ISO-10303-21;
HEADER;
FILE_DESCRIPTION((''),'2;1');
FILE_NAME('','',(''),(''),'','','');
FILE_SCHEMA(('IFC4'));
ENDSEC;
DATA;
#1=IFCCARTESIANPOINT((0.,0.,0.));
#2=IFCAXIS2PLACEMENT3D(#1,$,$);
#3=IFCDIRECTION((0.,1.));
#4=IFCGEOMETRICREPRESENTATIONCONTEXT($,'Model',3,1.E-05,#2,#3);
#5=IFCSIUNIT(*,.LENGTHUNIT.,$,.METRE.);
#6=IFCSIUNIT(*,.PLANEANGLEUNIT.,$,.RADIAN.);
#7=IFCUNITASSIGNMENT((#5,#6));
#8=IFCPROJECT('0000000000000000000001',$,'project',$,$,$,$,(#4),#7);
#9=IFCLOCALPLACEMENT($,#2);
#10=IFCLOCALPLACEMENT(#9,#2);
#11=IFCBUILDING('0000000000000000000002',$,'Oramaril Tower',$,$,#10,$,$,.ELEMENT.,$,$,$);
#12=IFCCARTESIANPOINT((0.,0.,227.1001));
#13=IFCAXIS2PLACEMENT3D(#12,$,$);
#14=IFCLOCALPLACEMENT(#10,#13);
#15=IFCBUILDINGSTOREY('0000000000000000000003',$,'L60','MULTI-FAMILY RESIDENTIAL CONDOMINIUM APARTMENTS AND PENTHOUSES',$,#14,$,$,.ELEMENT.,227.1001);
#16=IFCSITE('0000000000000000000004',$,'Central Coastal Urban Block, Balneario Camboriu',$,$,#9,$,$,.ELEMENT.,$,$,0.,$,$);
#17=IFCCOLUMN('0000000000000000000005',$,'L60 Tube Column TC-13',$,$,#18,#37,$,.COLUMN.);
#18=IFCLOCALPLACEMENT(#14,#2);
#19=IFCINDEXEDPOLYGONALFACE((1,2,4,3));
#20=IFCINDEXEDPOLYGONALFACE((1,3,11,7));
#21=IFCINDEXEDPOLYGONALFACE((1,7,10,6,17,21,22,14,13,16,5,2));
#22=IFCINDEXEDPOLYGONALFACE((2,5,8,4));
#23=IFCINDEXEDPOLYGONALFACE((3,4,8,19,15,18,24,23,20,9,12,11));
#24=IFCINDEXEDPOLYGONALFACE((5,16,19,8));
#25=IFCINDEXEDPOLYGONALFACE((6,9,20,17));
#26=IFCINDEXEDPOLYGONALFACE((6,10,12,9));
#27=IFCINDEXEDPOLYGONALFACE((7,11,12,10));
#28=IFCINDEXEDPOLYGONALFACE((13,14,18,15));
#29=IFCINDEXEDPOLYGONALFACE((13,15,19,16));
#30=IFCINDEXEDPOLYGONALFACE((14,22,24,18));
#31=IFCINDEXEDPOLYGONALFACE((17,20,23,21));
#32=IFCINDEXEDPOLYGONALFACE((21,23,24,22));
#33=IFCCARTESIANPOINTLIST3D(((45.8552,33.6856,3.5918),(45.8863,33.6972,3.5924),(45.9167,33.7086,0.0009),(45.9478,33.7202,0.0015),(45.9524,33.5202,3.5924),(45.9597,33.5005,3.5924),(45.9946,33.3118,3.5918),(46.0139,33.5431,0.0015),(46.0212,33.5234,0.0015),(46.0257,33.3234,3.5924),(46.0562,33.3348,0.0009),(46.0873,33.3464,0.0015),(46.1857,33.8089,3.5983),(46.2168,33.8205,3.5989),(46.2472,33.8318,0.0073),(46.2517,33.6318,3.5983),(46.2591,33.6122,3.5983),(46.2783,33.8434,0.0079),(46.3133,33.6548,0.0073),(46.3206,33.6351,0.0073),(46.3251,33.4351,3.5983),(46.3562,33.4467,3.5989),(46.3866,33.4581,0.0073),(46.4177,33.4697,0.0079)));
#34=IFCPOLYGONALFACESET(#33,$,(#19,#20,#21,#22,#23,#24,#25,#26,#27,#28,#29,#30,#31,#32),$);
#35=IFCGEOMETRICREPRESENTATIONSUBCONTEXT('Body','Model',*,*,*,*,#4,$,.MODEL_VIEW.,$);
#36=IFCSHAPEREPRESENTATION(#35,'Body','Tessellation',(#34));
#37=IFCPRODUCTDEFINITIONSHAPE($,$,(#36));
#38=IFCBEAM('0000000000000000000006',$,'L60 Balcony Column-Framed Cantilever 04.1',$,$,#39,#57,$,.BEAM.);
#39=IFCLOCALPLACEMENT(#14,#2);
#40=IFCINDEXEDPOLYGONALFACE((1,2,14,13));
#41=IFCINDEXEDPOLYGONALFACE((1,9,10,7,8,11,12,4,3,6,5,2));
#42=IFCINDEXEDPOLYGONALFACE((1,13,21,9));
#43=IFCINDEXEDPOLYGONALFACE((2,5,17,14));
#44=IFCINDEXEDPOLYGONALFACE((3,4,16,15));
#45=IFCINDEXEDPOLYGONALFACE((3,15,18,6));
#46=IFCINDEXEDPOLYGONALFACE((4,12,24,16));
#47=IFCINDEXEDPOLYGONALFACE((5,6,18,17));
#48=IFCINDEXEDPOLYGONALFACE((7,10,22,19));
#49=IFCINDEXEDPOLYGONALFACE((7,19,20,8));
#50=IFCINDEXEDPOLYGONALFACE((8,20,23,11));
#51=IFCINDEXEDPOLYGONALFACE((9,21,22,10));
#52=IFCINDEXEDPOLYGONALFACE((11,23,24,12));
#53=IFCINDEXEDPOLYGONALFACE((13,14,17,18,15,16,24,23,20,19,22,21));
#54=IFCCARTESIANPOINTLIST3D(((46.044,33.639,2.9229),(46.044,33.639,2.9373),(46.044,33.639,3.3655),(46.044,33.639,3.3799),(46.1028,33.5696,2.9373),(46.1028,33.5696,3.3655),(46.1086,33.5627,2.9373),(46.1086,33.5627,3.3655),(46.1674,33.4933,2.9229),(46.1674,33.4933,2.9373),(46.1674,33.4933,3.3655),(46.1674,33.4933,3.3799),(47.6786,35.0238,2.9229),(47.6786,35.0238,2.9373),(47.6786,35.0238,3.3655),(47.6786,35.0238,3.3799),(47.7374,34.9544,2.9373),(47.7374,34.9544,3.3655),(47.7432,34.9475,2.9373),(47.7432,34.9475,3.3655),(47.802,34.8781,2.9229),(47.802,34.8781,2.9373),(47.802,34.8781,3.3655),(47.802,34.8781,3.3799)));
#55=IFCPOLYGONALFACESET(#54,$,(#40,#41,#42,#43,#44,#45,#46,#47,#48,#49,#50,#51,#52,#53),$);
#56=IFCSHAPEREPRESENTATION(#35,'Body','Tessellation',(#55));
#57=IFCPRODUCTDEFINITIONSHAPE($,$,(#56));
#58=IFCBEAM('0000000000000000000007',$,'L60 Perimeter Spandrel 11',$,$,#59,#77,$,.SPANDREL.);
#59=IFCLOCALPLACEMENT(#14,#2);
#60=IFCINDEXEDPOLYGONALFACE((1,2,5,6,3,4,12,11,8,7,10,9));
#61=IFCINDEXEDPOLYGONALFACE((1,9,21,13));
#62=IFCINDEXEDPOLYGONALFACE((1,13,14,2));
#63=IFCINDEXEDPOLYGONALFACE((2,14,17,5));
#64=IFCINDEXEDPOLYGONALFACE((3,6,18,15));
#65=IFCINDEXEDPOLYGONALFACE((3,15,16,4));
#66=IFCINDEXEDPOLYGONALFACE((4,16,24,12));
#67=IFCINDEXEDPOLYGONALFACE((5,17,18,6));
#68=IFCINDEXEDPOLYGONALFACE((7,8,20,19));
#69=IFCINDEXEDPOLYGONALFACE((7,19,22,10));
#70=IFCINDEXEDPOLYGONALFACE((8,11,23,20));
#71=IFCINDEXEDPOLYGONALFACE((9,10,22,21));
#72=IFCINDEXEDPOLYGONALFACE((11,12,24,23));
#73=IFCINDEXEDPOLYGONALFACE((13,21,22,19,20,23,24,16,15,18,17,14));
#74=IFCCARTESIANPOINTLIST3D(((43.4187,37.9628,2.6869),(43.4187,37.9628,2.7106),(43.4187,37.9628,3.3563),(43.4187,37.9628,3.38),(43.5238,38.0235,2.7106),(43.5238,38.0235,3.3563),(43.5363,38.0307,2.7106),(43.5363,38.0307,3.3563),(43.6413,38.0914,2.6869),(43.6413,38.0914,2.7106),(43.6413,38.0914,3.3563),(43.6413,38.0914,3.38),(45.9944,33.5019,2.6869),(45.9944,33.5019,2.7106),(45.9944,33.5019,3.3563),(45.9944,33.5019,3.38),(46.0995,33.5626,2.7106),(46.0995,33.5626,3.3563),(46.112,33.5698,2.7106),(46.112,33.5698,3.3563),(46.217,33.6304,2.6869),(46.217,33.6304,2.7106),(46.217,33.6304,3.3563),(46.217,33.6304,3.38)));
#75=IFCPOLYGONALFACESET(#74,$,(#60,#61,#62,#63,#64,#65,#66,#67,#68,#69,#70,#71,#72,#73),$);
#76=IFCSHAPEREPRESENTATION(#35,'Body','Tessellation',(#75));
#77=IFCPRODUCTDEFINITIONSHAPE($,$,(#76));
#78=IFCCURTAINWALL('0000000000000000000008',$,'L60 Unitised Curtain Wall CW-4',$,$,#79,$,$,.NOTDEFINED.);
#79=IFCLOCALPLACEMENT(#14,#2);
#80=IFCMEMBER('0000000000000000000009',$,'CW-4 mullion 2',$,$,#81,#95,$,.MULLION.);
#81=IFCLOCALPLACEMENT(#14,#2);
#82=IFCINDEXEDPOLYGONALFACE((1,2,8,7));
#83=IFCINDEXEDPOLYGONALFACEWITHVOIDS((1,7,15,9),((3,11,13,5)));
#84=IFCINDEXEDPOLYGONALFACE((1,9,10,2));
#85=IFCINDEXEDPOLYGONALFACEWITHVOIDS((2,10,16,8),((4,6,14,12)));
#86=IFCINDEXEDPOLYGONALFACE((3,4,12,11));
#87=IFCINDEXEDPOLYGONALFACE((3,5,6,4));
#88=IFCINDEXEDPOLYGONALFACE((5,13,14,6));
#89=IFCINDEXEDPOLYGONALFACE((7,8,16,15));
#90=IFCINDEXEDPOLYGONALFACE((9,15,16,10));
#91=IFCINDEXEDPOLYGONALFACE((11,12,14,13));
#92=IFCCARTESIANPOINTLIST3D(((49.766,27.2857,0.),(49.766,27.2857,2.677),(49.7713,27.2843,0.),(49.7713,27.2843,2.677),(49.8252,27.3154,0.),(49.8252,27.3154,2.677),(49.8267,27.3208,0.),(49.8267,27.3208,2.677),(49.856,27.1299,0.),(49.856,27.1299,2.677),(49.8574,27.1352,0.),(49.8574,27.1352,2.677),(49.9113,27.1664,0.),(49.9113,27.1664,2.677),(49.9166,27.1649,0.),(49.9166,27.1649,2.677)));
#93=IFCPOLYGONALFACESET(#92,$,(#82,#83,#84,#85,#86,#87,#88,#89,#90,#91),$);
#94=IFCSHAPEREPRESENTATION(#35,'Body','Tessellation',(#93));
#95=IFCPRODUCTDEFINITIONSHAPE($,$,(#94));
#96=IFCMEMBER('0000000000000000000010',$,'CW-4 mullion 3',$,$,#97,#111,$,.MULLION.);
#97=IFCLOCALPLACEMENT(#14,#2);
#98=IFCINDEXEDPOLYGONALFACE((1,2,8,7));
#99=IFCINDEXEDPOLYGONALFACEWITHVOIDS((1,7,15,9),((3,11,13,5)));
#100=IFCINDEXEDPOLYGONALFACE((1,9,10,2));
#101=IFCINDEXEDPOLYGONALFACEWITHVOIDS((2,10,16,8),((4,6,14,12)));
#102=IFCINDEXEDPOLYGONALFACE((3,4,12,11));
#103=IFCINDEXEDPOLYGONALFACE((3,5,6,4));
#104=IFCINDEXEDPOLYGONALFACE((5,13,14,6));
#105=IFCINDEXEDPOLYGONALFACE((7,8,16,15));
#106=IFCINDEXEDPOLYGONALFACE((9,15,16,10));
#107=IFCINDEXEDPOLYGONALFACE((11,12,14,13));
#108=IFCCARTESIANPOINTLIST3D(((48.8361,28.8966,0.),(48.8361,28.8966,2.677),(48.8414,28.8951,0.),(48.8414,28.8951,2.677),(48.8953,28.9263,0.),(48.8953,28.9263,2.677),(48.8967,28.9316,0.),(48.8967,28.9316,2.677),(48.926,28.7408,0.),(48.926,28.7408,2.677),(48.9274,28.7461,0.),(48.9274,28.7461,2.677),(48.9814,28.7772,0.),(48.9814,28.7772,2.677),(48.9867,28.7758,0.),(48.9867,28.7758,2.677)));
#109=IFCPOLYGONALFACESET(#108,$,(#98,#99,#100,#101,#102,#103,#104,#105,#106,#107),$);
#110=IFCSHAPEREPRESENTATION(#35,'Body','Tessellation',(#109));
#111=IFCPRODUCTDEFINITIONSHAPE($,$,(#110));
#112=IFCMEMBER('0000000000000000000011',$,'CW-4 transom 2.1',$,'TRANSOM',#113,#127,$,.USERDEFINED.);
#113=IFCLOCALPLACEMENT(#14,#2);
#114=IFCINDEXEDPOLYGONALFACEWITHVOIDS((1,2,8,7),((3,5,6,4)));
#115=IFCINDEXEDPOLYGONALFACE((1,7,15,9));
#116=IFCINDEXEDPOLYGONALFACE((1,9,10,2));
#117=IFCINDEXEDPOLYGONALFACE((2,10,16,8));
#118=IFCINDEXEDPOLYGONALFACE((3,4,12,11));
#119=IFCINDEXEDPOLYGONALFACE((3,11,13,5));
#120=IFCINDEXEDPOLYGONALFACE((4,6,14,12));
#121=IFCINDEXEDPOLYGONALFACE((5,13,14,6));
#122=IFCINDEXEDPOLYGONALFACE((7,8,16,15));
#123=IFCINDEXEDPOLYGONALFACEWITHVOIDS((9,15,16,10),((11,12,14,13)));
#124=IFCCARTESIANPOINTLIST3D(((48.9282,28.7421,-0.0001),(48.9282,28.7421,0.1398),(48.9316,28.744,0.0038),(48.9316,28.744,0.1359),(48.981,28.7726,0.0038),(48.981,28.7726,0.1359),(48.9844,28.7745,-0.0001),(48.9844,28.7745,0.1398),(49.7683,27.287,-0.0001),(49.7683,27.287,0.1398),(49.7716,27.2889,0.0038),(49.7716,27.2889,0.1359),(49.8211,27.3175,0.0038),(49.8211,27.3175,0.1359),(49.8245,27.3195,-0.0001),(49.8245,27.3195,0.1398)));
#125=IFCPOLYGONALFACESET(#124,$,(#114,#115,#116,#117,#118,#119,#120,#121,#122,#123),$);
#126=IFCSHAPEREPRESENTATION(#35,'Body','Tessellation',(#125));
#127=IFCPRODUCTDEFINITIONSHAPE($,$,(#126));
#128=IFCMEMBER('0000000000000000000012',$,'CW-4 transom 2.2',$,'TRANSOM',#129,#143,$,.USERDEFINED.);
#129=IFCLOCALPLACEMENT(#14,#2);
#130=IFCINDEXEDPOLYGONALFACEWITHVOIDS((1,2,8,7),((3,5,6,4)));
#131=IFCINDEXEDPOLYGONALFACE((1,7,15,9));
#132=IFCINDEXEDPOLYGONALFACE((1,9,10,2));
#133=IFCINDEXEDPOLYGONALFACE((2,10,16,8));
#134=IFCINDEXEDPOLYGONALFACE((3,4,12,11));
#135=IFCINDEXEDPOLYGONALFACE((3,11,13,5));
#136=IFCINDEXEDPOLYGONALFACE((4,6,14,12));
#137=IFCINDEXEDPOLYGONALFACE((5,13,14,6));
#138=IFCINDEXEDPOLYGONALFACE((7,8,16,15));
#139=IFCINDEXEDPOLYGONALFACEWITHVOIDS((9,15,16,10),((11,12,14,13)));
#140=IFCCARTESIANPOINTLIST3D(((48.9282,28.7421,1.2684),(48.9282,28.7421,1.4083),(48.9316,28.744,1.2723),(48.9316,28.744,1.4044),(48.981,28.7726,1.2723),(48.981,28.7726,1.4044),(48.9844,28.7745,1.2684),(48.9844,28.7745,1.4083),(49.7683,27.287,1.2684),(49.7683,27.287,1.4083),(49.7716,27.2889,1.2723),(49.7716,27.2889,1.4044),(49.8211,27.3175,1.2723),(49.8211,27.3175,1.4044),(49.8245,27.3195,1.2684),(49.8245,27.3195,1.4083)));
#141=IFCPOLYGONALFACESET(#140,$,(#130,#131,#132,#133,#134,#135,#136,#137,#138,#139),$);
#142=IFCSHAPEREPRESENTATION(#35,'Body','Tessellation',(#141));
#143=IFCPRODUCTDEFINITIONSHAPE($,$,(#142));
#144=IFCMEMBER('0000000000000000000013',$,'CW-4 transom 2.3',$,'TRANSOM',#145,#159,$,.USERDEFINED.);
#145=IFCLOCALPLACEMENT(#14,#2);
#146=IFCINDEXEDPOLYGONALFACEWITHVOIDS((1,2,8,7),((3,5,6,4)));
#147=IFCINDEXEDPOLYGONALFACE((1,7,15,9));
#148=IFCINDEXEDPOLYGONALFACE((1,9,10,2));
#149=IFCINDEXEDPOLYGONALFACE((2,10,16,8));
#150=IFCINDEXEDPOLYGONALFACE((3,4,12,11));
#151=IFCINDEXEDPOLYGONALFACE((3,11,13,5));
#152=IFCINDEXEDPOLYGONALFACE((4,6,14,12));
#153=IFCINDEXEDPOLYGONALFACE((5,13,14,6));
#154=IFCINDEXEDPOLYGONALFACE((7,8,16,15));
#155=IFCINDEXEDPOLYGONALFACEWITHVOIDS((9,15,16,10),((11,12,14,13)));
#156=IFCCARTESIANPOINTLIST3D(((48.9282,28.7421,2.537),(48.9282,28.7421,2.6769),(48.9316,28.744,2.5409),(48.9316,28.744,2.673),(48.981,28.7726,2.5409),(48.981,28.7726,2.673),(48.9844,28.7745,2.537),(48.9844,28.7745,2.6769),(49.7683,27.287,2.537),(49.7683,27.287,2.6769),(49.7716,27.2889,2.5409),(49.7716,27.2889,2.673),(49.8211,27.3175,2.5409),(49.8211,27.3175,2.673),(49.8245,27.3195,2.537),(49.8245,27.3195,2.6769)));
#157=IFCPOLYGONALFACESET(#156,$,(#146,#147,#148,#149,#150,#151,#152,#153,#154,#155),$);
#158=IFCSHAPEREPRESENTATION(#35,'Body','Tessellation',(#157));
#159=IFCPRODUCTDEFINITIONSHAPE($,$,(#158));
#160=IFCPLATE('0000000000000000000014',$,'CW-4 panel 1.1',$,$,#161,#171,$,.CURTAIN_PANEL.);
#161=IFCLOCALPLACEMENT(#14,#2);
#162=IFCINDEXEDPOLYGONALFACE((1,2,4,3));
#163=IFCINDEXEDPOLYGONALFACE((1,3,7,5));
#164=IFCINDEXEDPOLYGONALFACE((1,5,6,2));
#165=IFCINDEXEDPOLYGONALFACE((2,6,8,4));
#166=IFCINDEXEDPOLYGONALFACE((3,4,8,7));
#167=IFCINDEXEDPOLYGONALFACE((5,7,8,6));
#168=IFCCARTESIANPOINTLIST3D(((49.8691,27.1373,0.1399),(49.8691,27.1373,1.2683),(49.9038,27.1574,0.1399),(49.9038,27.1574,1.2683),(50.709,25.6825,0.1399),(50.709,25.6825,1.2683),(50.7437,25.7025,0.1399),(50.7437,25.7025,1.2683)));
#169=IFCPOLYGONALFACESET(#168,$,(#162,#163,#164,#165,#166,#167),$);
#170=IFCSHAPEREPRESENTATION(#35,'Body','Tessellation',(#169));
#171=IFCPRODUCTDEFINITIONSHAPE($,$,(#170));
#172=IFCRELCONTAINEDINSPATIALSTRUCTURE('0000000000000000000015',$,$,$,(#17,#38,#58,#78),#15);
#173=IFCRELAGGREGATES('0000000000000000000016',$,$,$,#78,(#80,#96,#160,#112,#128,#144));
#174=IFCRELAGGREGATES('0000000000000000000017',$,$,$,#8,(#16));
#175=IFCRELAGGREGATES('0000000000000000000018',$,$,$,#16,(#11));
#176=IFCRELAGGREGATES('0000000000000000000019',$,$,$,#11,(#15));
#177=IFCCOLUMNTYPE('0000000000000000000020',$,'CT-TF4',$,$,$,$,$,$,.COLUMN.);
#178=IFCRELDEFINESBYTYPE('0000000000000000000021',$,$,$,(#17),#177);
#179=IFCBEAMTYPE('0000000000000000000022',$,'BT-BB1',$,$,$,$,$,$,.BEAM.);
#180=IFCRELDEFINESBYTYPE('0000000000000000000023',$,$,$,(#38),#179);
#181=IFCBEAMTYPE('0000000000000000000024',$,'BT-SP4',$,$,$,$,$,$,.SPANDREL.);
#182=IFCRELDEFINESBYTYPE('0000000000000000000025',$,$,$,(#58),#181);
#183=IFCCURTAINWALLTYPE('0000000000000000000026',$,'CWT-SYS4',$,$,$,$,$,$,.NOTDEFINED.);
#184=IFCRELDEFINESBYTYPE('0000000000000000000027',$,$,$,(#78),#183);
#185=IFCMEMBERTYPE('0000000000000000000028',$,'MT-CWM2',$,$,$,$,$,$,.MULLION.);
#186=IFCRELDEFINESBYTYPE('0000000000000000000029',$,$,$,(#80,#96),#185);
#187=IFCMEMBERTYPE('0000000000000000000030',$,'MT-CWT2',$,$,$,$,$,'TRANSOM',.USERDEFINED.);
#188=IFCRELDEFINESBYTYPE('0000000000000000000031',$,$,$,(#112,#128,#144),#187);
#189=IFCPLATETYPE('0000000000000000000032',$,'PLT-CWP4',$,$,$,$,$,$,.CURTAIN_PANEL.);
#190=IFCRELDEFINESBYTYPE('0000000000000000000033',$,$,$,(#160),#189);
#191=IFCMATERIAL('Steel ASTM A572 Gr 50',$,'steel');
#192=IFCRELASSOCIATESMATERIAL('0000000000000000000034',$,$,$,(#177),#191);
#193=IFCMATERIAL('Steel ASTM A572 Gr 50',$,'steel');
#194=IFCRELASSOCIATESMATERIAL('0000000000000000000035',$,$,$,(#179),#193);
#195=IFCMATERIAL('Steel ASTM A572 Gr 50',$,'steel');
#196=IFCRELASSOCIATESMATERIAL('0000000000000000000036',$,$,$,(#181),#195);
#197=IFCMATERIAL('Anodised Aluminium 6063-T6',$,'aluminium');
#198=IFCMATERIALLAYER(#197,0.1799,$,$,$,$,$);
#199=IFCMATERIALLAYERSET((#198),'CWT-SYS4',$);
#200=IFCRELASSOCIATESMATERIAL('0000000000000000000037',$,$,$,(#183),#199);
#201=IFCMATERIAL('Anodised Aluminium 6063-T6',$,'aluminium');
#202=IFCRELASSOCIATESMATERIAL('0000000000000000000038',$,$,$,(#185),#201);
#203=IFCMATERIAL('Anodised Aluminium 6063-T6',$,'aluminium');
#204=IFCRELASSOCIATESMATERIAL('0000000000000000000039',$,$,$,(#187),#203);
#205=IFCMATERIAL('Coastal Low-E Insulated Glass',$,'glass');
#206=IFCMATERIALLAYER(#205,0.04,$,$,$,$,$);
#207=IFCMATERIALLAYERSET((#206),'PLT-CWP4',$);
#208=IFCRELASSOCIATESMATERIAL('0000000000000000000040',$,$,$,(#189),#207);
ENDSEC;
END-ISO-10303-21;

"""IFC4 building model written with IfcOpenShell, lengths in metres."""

from ifc_helpers import new_model, si_unit, direction, frame, origin, origin_2d, place, context, subcontext, project, spatial, rectangle, hollow_rectangle, i_section, extrude, material, layer, layer_set, material_profile, profile_set, type_object, element, aggregate, save


model = new_model("IFC4")

# Units and contexts
model_context = context("Model", 3, precision=1e-05, world=origin(), true_north=direction((0.0, 1.0)))
body_context = subcontext(model_context, "Body", "Model", "MODEL_VIEW")
ifc_project = project(units=[si_unit("LENGTHUNIT", "METRE"), si_unit("PLANEANGLEUNIT", "RADIAN")], contexts=[model_context])

# Site, building, storey
site_placement = place(None, origin())
site = spatial("IfcSite", under=ifc_project, at=site_placement, Name="Central Coastal Urban Block, Balneario Camboriu", CompositionType="ELEMENT", RefElevation=0.0)
building_placement = place(site_placement, origin())
building = spatial("IfcBuilding", under=site, at=building_placement, Name="Oramaril Tower", CompositionType="ELEMENT")
storey_placement = place(building_placement, frame((0.0, 0.0, 227.1001)))
storey = spatial("IfcBuildingStorey", under=building, at=storey_placement, Name="L60", Description="MULTI-FAMILY RESIDENTIAL CONDOMINIUM APARTMENTS AND PENTHOUSES", CompositionType="ELEMENT", Elevation=227.1001)

# Column
ifc_material_1 = material(Name="Steel ASTM A572 Gr 50", Category="steel")
ifc_material_profile_1 = material_profile(ifc_material_1, i_section(OverallWidth=0.3989, OverallDepth=0.386, WebThickness=0.021, FlangeThickness=0.0332, at=origin_2d()), Name="W14X176")
ifc_profile_set_1 = profile_set([ifc_material_profile_1], Name="Steel ASTM A572 Gr 50")
column_type = type_object("IfcColumnType", Name="CT-TF4", PredefinedType="COLUMN", material=ifc_profile_set_1)
column_placement = place(storey_placement, frame((46.1672, 33.5891, 0.0044), z_axis=(-0.01713, -0.00639, 0.999833), x_axis=(0.349493, -0.936939, 0.0)))
element("IfcColumn", 1, at=column_placement, inside=storey, type_object=column_type, Name="L60 Tube Column TC-13", PredefinedType="COLUMN", context=body_context, shape_type="SweptSolid", body=[
    extrude(i_section(OverallWidth=0.3989, OverallDepth=0.386, WebThickness=0.021, FlangeThickness=0.0332, at=origin_2d()), origin(), (0.0, 0.0, 1.0), 3.5916),
])

# Beams
ifc_material_2 = material(Name="Steel ASTM A572 Gr 50", Category="steel")
ifc_material_profile_2 = material_profile(ifc_material_2, i_section(OverallWidth=0.1909, OverallDepth=0.457, WebThickness=0.009, FlangeThickness=0.0144, at=origin_2d()), Name="W18X50")
ifc_profile_set_2 = profile_set([ifc_material_profile_2], Name="Steel ASTM A572 Gr 50")
beam_type_1 = type_object("IfcBeamType", Name="BT-BB1", PredefinedType="BEAM", material=ifc_profile_set_2)
beam_1_placement = place(storey_placement, frame((46.1057, 33.5662, 3.1514), z_axis=(0.762993, 0.646407, 0.0), x_axis=(-0.646407, 0.762993, 0.0)))
element("IfcBeam", 2, at=beam_1_placement, inside=storey, type_object=beam_type_1, Name="L60 Balcony Column-Framed Cantilever 04.1", PredefinedType="BEAM", context=body_context, shape_type="SweptSolid", body=[
    extrude(i_section(OverallWidth=0.1909, OverallDepth=0.457, WebThickness=0.009, FlangeThickness=0.0144, at=origin_2d()), origin(), (0.0, 0.0, 1.0), 2.1423),
])
ifc_material_3 = material(Name="Steel ASTM A572 Gr 50", Category="steel")
ifc_material_profile_3 = material_profile(ifc_material_3, i_section(OverallWidth=0.2571, OverallDepth=0.6931, WebThickness=0.0144, FlangeThickness=0.0237, at=origin_2d()), Name="W27X114")
ifc_profile_set_3 = profile_set([ifc_material_profile_3], Name="Steel ASTM A572 Gr 50")
beam_type_2 = type_object("IfcBeamType", Name="BT-SP4", PredefinedType="SPANDREL", material=ifc_profile_set_3)
beam_2_placement = place(storey_placement, frame((46.1057, 33.5662, 3.0334), z_axis=(-0.500023, 0.866012, 0.0), x_axis=(-0.866012, -0.500023, 0.0)))
element("IfcBeam", 3, at=beam_2_placement, inside=storey, type_object=beam_type_2, Name="L60 Perimeter Spandrel 11", PredefinedType="SPANDREL", context=body_context, shape_type="SweptSolid", body=[
    extrude(i_section(OverallWidth=0.2571, OverallDepth=0.6931, WebThickness=0.0144, FlangeThickness=0.0237, at=origin_2d()), origin(), (0.0, 0.0, 1.0), 5.1511),
])

# Curtain wall, members, plate
ifc_material_4 = material(Name="Anodised Aluminium 6063-T6", Category="aluminium")
ifc_layer_1 = layer(ifc_material_4, 0.1799)
ifc_layer_set_1 = layer_set([ifc_layer_1], Name="CWT-SYS4")
curtain_wall_type = type_object("IfcCurtainWallType", Name="CWT-SYS4", PredefinedType="NOTDEFINED", material=ifc_layer_set_1)
curtain_wall_placement = place(storey_placement, origin())
curtain_wall = element("IfcCurtainWall", 4, at=curtain_wall_placement, inside=storey, type_object=curtain_wall_type, Name="L60 Unitised Curtain Wall CW-4", PredefinedType="NOTDEFINED")
ifc_material_5 = material(Name="Anodised Aluminium 6063-T6", Category="aluminium")
ifc_material_profile_4 = material_profile(ifc_material_5, hollow_rectangle(XDim=0.0701, YDim=0.1799, WallThickness=0.0039, at=origin_2d()), Name="CWM180X70")
ifc_profile_set_4 = profile_set([ifc_material_profile_4], Name="Anodised Aluminium 6063-T6")
member_type_1 = type_object("IfcMemberType", Name="MT-CWM2", PredefinedType="MULLION", material=ifc_profile_set_4)
member_1_placement = place(storey_placement, frame((49.8413, 27.2253, 0.0), z_axis=(0.0, 0.0, 1.0), x_axis=(-0.866025, -0.5, 0.0)))
member_1 = element("IfcMember", 5, at=member_1_placement, type_object=member_type_1, Name="CW-4 mullion 2", PredefinedType="MULLION", context=body_context, shape_type="SweptSolid", body=[
    extrude(hollow_rectangle(XDim=0.0701, YDim=0.1799, WallThickness=0.0039, at=origin_2d()), origin(), (0.0, 0.0, 1.0), 2.677),
])
member_2_placement = place(storey_placement, frame((48.9114, 28.8362, 0.0), z_axis=(0.0, 0.0, 1.0), x_axis=(-0.866025, -0.5, 0.0)))
member_2 = element("IfcMember", 6, at=member_2_placement, type_object=member_type_1, Name="CW-4 mullion 3", PredefinedType="MULLION", context=body_context, shape_type="SweptSolid", body=[
    extrude(hollow_rectangle(XDim=0.0701, YDim=0.1799, WallThickness=0.0039, at=origin_2d()), origin(), (0.0, 0.0, 1.0), 2.677),
])
ifc_material_6 = material(Name="Anodised Aluminium 6063-T6", Category="aluminium")
ifc_material_profile_5 = material_profile(ifc_material_6, hollow_rectangle(XDim=0.0649, YDim=0.1399, WallThickness=0.0039, at=origin_2d()), Name="CWT140X65")
ifc_profile_set_5 = profile_set([ifc_material_profile_5], Name="Anodised Aluminium 6063-T6")
member_type_2 = type_object("IfcMemberType", Name="MT-CWT2", ElementType="TRANSOM", PredefinedType="USERDEFINED", material=ifc_profile_set_5)
member_3_placement = place(storey_placement, frame((49.7964, 27.3032, 0.0698), z_axis=(-0.499999, 0.866026, 0.0), x_axis=(-0.866026, -0.499999, 0.0)))
member_3 = element("IfcMember", 7, at=member_3_placement, type_object=member_type_2, Name="CW-4 transom 2.1", ObjectType="TRANSOM", PredefinedType="USERDEFINED", context=body_context, shape_type="SweptSolid", body=[
    extrude(hollow_rectangle(XDim=0.0649, YDim=0.1399, WallThickness=0.0039, at=origin_2d()), origin(), (0.0, 0.0, 1.0), 1.6802),
])
member_4_placement = place(storey_placement, frame((49.7964, 27.3032, 1.3384), z_axis=(-0.499999, 0.866026, 0.0), x_axis=(-0.866026, -0.499999, 0.0)))
member_4 = element("IfcMember", 8, at=member_4_placement, type_object=member_type_2, Name="CW-4 transom 2.2", ObjectType="TRANSOM", PredefinedType="USERDEFINED", context=body_context, shape_type="SweptSolid", body=[
    extrude(hollow_rectangle(XDim=0.0649, YDim=0.1399, WallThickness=0.0039, at=origin_2d()), origin(), (0.0, 0.0, 1.0), 1.6802),
])
member_5_placement = place(storey_placement, frame((49.7964, 27.3032, 2.6069), z_axis=(-0.499999, 0.866026, 0.0), x_axis=(-0.866026, -0.499999, 0.0)))
member_5 = element("IfcMember", 9, at=member_5_placement, type_object=member_type_2, Name="CW-4 transom 2.3", ObjectType="TRANSOM", PredefinedType="USERDEFINED", context=body_context, shape_type="SweptSolid", body=[
    extrude(hollow_rectangle(XDim=0.0649, YDim=0.1399, WallThickness=0.0039, at=origin_2d()), origin(), (0.0, 0.0, 1.0), 1.6802),
])
ifc_material_7 = material(Name="Coastal Low-E Insulated Glass", Category="glass")
ifc_layer_2 = layer(ifc_material_7, 0.04)
ifc_layer_set_2 = layer_set([ifc_layer_2], Name="PLT-CWP4")
plate_type = type_object("IfcPlateType", Name="PLT-CWP4", PredefinedType="CURTAIN_PANEL", material=ifc_layer_set_2)
plate_1_placement = place(storey_placement, frame((50.3064, 26.4199, 0.1399), z_axis=(0.0, 0.0, 1.0), x_axis=(-0.5, 0.866025, 0.0)))
plate_1 = element("IfcPlate", 10, at=plate_1_placement, type_object=plate_type, Name="CW-4 panel 1.1", PredefinedType="CURTAIN_PANEL", context=body_context, shape_type="SweptSolid", body=[
    extrude(rectangle(XDim=1.6799, YDim=0.04, at=origin_2d()), origin(), (0.0, 0.0, 1.0), 1.1284),
])
aggregate(curtain_wall, [member_1, member_2, plate_1, member_3, member_4, member_5])

save(model, "model.ifc")
